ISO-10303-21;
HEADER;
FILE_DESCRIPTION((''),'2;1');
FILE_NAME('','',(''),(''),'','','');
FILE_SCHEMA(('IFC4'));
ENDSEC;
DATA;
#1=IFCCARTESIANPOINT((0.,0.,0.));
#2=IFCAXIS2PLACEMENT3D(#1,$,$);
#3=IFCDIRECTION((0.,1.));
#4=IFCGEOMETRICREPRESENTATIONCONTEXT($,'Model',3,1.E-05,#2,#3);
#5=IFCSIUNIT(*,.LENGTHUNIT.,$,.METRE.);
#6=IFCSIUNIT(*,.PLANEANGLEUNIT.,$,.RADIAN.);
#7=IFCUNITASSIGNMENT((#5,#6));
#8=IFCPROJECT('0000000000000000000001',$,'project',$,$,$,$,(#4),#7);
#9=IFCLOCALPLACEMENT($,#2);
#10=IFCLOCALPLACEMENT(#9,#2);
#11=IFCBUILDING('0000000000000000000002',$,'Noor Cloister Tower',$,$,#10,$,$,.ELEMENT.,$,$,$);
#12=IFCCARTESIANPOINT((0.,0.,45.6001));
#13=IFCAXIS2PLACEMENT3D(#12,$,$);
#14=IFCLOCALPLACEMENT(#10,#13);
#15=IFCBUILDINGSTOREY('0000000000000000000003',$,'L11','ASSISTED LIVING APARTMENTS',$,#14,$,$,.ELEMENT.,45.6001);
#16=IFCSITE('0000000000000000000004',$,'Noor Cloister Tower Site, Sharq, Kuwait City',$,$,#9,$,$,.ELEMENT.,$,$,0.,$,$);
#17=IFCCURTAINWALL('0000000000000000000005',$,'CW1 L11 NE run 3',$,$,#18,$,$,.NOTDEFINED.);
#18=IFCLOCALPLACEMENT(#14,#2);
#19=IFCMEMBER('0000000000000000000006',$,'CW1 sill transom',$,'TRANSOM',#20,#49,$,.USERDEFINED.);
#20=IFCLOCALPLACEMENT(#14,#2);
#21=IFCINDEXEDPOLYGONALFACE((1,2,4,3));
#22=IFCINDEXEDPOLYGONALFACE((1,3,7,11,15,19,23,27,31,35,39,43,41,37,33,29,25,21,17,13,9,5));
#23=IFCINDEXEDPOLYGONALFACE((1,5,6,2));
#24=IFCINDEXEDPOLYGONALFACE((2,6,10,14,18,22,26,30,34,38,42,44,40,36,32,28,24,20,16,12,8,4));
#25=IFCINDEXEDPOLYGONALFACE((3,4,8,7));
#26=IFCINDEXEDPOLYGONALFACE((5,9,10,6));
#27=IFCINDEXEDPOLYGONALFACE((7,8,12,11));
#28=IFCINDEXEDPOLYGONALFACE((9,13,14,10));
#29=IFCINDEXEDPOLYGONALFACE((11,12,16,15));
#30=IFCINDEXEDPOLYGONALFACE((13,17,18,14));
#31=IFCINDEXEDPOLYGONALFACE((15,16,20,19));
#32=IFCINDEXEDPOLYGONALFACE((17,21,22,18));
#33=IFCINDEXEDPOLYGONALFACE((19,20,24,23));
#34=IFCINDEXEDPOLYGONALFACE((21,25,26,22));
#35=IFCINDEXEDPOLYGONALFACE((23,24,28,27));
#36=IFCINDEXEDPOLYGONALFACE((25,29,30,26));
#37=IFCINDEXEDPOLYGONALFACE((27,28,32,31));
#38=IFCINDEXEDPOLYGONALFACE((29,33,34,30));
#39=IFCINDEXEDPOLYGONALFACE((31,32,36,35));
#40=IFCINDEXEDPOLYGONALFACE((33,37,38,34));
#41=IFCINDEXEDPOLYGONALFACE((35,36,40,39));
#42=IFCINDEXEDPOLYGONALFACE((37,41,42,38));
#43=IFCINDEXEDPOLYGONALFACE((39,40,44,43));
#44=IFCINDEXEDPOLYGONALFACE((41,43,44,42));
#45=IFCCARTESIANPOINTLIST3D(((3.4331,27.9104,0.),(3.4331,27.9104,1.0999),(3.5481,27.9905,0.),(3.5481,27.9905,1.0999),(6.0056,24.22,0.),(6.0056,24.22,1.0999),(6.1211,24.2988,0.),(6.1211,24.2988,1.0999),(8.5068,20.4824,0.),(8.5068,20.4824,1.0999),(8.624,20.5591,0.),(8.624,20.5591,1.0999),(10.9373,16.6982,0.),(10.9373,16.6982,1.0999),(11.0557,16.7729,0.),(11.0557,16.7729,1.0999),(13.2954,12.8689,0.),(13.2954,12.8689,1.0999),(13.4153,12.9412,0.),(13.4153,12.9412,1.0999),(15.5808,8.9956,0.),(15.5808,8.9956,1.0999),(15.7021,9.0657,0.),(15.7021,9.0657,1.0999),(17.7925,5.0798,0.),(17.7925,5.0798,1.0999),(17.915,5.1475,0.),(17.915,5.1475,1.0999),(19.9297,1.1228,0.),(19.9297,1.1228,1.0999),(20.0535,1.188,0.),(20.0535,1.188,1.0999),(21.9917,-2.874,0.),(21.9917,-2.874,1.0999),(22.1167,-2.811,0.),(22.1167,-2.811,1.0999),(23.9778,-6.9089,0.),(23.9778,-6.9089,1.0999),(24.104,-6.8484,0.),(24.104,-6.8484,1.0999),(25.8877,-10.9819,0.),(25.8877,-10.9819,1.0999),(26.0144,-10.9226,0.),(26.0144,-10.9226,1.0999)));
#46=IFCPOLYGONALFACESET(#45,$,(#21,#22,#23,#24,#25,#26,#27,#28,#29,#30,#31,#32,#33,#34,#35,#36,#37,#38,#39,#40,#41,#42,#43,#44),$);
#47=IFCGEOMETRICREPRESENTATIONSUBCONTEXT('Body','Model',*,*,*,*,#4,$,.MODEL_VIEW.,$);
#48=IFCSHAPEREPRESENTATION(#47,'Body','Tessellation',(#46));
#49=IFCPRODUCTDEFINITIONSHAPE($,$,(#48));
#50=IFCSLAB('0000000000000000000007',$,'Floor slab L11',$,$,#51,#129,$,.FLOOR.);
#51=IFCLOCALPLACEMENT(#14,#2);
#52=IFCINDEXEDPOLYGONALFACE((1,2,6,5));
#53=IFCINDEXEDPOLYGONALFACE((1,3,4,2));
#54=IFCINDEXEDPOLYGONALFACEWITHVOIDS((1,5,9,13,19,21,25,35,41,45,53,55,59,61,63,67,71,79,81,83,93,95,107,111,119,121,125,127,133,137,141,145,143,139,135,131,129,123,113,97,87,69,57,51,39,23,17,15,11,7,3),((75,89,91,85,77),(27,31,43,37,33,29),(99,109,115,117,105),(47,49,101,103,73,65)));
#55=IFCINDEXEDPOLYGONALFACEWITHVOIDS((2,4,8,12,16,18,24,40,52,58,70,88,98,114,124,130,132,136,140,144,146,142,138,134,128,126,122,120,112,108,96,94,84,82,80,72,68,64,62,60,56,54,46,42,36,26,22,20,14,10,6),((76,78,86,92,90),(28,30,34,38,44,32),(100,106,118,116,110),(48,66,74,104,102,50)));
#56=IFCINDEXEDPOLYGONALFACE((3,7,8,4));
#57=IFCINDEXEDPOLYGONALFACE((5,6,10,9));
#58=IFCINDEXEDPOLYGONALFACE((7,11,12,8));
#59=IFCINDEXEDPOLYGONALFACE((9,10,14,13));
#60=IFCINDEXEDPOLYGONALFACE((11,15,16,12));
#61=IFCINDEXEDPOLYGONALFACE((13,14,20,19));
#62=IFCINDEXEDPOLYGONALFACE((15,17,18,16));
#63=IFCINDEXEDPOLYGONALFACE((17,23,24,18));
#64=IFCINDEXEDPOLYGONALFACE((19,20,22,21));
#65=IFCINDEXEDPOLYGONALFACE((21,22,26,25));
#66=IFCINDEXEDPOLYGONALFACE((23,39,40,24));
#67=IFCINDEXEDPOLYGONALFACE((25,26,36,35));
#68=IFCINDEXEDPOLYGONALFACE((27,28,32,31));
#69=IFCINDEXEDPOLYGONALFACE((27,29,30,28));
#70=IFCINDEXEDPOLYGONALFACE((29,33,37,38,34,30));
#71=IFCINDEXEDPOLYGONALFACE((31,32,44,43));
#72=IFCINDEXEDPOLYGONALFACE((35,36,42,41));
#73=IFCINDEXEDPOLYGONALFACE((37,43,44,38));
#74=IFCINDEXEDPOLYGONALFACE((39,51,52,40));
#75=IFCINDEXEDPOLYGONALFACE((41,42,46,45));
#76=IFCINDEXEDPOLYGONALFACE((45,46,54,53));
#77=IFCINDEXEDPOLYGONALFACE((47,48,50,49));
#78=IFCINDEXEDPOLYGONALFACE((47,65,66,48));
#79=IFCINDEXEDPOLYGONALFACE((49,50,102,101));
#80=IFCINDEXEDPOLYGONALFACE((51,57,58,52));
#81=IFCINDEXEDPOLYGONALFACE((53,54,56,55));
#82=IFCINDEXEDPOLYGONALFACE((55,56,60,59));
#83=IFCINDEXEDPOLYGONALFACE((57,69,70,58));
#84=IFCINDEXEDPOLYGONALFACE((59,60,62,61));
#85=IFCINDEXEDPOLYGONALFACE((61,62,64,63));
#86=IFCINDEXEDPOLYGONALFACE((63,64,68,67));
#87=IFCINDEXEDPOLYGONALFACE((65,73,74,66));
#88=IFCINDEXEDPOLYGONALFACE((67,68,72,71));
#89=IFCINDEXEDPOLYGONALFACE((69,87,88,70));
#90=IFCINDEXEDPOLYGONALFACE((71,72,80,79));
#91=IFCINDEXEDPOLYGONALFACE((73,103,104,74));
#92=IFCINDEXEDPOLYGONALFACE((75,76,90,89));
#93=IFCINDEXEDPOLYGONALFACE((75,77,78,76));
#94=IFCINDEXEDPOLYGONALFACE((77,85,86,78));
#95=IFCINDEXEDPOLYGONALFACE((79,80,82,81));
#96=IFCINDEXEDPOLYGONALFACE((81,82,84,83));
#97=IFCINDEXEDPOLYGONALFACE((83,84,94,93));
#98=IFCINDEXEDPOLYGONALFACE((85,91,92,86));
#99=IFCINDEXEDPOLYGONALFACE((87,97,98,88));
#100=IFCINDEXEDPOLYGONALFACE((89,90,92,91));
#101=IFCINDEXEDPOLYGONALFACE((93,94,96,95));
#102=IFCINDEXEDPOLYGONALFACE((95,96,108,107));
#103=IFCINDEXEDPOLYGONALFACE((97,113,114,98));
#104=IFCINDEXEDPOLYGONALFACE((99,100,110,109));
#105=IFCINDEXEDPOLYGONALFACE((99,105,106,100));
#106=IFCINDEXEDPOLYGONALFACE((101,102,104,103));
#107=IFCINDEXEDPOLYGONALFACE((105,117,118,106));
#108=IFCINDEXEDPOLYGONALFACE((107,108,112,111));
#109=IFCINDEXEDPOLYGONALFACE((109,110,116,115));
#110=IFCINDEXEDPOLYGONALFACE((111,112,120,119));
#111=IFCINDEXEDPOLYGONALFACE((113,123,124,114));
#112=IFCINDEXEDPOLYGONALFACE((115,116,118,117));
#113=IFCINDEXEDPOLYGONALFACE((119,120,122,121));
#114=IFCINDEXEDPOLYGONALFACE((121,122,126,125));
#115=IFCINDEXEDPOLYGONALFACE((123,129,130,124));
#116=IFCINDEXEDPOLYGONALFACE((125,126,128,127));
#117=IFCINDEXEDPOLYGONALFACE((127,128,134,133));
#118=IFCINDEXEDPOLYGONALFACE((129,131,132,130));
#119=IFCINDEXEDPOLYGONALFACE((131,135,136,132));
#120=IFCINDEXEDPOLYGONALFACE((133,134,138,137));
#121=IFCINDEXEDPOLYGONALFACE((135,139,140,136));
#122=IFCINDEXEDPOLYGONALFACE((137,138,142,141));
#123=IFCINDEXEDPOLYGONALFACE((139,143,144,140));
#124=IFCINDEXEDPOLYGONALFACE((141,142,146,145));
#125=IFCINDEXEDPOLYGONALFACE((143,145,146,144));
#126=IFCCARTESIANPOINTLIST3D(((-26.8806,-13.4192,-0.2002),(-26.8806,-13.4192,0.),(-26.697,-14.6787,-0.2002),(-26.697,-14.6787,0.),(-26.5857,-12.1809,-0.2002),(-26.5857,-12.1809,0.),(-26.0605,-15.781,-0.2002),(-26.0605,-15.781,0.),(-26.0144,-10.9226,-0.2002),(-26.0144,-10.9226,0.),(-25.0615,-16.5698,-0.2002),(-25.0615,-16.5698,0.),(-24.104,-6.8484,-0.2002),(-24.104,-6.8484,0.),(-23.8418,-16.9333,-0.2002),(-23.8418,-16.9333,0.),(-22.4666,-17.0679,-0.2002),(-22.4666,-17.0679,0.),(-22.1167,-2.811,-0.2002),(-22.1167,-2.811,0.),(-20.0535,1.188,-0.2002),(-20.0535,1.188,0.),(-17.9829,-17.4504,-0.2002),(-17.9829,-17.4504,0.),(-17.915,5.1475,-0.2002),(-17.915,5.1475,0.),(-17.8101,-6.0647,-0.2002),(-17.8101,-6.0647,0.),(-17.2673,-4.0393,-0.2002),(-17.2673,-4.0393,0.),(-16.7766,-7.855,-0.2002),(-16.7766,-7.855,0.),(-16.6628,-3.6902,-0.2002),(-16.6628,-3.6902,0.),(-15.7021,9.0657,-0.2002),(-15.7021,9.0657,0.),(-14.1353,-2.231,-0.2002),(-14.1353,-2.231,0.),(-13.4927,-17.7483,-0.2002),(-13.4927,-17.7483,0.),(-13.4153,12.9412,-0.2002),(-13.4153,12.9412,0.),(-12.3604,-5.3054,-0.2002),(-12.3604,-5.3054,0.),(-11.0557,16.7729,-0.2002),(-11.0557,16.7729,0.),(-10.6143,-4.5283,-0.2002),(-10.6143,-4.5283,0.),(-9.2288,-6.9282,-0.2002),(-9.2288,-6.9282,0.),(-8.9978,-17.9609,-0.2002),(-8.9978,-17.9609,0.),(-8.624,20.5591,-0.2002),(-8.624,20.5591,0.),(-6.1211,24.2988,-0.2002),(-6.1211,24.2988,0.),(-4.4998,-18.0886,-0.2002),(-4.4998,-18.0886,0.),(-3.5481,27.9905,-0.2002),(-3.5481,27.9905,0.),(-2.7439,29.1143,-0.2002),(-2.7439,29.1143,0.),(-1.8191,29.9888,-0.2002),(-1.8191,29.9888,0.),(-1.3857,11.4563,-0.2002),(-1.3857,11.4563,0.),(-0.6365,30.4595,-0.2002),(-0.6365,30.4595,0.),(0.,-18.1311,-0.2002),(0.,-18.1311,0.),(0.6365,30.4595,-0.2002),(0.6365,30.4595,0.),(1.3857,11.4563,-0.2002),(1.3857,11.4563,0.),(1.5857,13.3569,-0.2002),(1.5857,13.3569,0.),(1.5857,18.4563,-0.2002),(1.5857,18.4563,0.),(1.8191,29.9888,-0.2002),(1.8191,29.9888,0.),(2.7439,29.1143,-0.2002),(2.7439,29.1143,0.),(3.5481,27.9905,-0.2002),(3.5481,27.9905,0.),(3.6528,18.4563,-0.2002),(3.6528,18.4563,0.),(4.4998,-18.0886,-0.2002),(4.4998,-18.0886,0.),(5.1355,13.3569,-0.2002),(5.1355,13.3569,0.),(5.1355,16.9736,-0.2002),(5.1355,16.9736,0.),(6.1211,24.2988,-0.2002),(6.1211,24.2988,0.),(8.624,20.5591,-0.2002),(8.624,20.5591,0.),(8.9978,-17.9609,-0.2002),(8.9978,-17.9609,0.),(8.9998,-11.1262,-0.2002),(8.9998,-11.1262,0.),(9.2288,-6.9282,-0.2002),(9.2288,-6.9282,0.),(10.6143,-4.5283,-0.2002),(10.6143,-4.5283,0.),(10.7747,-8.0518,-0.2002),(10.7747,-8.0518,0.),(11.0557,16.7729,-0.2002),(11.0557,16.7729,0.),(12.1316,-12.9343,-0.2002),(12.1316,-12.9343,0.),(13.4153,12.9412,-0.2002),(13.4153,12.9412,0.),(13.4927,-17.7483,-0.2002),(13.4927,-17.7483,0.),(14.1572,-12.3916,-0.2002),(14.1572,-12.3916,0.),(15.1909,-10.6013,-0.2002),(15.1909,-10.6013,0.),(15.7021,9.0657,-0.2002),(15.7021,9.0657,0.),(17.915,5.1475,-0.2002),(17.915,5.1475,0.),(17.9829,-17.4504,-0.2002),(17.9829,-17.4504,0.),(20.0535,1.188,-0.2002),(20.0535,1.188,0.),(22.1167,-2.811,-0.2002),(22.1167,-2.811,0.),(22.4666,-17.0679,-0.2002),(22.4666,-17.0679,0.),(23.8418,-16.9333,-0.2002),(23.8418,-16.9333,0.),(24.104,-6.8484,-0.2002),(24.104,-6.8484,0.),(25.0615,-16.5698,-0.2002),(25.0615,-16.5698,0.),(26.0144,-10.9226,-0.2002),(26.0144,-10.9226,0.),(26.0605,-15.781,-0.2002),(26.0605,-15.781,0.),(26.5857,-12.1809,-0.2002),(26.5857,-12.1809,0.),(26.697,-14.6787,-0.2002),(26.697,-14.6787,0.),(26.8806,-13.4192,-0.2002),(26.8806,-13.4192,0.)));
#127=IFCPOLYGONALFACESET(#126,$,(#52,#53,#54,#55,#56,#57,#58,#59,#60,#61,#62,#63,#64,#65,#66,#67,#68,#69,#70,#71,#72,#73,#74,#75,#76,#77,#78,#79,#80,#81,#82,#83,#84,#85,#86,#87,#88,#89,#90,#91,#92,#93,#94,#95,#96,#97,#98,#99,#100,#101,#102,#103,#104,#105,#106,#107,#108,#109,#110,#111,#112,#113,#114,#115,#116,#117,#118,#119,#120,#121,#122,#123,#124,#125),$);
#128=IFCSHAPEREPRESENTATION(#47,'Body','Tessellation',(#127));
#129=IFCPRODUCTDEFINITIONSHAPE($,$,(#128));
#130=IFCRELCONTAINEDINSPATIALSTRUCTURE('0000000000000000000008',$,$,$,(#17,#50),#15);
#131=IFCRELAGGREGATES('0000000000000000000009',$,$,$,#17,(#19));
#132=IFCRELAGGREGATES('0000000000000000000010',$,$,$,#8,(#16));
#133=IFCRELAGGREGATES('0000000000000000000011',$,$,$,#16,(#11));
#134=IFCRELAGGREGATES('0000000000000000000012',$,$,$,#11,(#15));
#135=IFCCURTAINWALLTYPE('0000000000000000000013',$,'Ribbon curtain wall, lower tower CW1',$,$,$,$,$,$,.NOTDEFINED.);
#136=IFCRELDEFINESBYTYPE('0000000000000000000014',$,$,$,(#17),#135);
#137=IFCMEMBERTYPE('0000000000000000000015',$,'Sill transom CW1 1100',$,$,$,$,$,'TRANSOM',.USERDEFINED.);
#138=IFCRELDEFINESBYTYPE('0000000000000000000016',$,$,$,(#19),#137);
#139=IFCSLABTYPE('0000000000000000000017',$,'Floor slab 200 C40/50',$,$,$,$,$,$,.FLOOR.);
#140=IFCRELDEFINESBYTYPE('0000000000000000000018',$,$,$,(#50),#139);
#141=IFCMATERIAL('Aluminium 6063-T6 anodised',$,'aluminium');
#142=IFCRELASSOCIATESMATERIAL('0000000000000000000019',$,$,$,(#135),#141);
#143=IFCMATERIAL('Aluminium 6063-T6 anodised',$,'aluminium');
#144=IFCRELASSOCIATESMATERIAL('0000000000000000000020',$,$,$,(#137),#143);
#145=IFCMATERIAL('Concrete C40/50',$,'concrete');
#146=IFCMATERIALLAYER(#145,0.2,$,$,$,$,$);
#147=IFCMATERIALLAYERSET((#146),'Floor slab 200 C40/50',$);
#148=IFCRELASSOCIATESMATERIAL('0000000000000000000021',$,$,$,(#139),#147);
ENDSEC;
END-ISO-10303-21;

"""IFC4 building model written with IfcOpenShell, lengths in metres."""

from ifc_helpers import new_model, si_unit, direction, frame, origin, place, context, subcontext, project, spatial, polyline, outline, extrude, material, layer, layer_set, type_object, element, aggregate, save


model = new_model("IFC4")

# Units and contexts
model_context = context("Model", 3, precision=1e-05, world=origin(), true_north=direction((0.0, 1.0)))
body_context = subcontext(model_context, "Body", "Model", "MODEL_VIEW")
ifc_project = project(units=[si_unit("LENGTHUNIT", "METRE"), si_unit("PLANEANGLEUNIT", "RADIAN")], contexts=[model_context])

# Site, building, storey
site_placement = place(None, origin())
site = spatial("IfcSite", under=ifc_project, at=site_placement, Name="Noor Cloister Tower Site, Sharq, Kuwait City", CompositionType="ELEMENT", RefElevation=0.0)
building_placement = place(site_placement, origin())
building = spatial("IfcBuilding", under=site, at=building_placement, Name="Noor Cloister Tower", CompositionType="ELEMENT")
storey_placement = place(building_placement, frame((0.0, 0.0, 45.6001)))
storey = spatial("IfcBuildingStorey", under=building, at=storey_placement, Name="L11", Description="ASSISTED LIVING APARTMENTS", CompositionType="ELEMENT", Elevation=45.6001)

# Curtain wall
ifc_material_1 = material(Name="Aluminium 6063-T6 anodised", Category="aluminium")
curtain_wall_type = type_object("IfcCurtainWallType", Name="Ribbon curtain wall, lower tower CW1", PredefinedType="NOTDEFINED", material=ifc_material_1)
curtain_wall_1_placement = place(storey_placement, origin())
curtain_wall_1 = element("IfcCurtainWall", 1, at=curtain_wall_1_placement, inside=storey, type_object=curtain_wall_type, Name="CW1 L11 NE run 3", PredefinedType="NOTDEFINED")

# Member
ifc_material_2 = material(Name="Aluminium 6063-T6 anodised", Category="aluminium")
member_type_1 = type_object("IfcMemberType", Name="Sill transom CW1 1100", ElementType="TRANSOM", PredefinedType="USERDEFINED", material=ifc_material_2)
member_1_placement = place(storey_placement, origin())
member_1 = element("IfcMember", 2, at=member_1_placement, type_object=member_type_1, Name="CW1 sill transom", ObjectType="TRANSOM", PredefinedType="USERDEFINED", context=body_context, shape_type="SweptSolid", body=[
    extrude(outline(polyline([(26.0144, -10.9226), (24.104, -6.8484), (22.1167, -2.811), (20.0535, 1.188), (17.915, 5.1475), (15.7021, 9.0657), (13.4153, 12.9412), (11.0557, 16.7729), (8.624, 20.5591), (6.1211, 24.2988), (3.5481, 27.9905), (3.4331, 27.9104), (6.0056, 24.22), (8.5068, 20.4824), (10.9373, 16.6982), (13.2954, 12.8689), (15.5808, 8.9956), (17.7925, 5.0798), (19.9297, 1.1228), (21.9917, -2.874), (23.9778, -6.9089), (25.8877, -10.9819), (26.0144, -10.9226)])), origin(), (0.0, 0.0, 1.0), 1.0999),
])
aggregate(curtain_wall_1, [member_1])

# Slab
ifc_material_3 = material(Name="Concrete C40/50", Category="concrete")
ifc_layer_1 = layer(ifc_material_3, 0.2)
ifc_layer_set_1 = layer_set([ifc_layer_1], Name="Floor slab 200 C40/50")
slab_type_1 = type_object("IfcSlabType", Name="Floor slab 200 C40/50", PredefinedType="FLOOR", material=ifc_layer_set_1)
slab_1_placement = place(storey_placement, frame((0.0, 0.0, -0.2002)))
element("IfcSlab", 3, at=slab_1_placement, inside=storey, type_object=slab_type_1, Name="Floor slab L11", PredefinedType="FLOOR", context=body_context, shape_type="SweptSolid", body=[
    extrude(outline(polyline([(2.7439, 29.1143), (1.8191, 29.9888), (0.6365, 30.4595), (-0.6365, 30.4595), (-1.8191, 29.9888), (-2.7439, 29.1143), (-3.5481, 27.9905), (-6.1211, 24.2988), (-8.624, 20.5591), (-11.0557, 16.7729), (-13.4153, 12.9412), (-15.7021, 9.0657), (-17.915, 5.1475), (-20.0535, 1.188), (-22.1167, -2.811), (-24.104, -6.8484), (-26.0144, -10.9226), (-26.5857, -12.1809), (-26.8806, -13.4192), (-26.697, -14.6787), (-26.0605, -15.781), (-25.0615, -16.5698), (-23.8418, -16.9333), (-22.4666, -17.0679), (-17.9829, -17.4504), (-13.4927, -17.7483), (-8.9978, -17.9609), (-4.4998, -18.0886), (0.0, -18.1311), (4.4998, -18.0886), (8.9978, -17.9609), (13.4927, -17.7483), (17.9829, -17.4504), (22.4666, -17.0679), (23.8418, -16.9333), (25.0615, -16.5698), (26.0605, -15.781), (26.697, -14.6787), (26.8806, -13.4192), (26.5857, -12.1809), (26.0144, -10.9226), (24.104, -6.8484), (22.1167, -2.811), (20.0535, 1.188), (17.915, 5.1475), (15.7021, 9.0657), (13.4153, 12.9412), (11.0557, 16.7729), (8.624, 20.5591), (6.1211, 24.2988), (3.5481, 27.9905), (2.7439, 29.1143)]), holes=[polyline([(8.9998, -11.1262), (12.1316, -12.9343), (14.1572, -12.3916), (15.1909, -10.6013), (10.7747, -8.0518), (8.9998, -11.1262)]), polyline([(-17.8101, -6.0647), (-16.7766, -7.855), (-12.3604, -5.3054), (-14.1353, -2.231), (-16.6628, -3.6902), (-17.2673, -4.0393), (-17.8101, -6.0647)]), polyline([(-10.6143, -4.5283), (-9.2288, -6.9282), (9.2288, -6.9282), (10.6143, -4.5283), (1.3857, 11.4563), (-1.3857, 11.4563), (-10.6143, -4.5283)]), polyline([(3.6528, 18.4563), (1.5857, 18.4563), (1.5857, 13.3569), (5.1355, 13.3569), (5.1355, 16.9736), (3.6528, 18.4563)])]), origin(), (0.0, 0.0, 1.0), 0.2002),
])

save(model, "model.ifc")
